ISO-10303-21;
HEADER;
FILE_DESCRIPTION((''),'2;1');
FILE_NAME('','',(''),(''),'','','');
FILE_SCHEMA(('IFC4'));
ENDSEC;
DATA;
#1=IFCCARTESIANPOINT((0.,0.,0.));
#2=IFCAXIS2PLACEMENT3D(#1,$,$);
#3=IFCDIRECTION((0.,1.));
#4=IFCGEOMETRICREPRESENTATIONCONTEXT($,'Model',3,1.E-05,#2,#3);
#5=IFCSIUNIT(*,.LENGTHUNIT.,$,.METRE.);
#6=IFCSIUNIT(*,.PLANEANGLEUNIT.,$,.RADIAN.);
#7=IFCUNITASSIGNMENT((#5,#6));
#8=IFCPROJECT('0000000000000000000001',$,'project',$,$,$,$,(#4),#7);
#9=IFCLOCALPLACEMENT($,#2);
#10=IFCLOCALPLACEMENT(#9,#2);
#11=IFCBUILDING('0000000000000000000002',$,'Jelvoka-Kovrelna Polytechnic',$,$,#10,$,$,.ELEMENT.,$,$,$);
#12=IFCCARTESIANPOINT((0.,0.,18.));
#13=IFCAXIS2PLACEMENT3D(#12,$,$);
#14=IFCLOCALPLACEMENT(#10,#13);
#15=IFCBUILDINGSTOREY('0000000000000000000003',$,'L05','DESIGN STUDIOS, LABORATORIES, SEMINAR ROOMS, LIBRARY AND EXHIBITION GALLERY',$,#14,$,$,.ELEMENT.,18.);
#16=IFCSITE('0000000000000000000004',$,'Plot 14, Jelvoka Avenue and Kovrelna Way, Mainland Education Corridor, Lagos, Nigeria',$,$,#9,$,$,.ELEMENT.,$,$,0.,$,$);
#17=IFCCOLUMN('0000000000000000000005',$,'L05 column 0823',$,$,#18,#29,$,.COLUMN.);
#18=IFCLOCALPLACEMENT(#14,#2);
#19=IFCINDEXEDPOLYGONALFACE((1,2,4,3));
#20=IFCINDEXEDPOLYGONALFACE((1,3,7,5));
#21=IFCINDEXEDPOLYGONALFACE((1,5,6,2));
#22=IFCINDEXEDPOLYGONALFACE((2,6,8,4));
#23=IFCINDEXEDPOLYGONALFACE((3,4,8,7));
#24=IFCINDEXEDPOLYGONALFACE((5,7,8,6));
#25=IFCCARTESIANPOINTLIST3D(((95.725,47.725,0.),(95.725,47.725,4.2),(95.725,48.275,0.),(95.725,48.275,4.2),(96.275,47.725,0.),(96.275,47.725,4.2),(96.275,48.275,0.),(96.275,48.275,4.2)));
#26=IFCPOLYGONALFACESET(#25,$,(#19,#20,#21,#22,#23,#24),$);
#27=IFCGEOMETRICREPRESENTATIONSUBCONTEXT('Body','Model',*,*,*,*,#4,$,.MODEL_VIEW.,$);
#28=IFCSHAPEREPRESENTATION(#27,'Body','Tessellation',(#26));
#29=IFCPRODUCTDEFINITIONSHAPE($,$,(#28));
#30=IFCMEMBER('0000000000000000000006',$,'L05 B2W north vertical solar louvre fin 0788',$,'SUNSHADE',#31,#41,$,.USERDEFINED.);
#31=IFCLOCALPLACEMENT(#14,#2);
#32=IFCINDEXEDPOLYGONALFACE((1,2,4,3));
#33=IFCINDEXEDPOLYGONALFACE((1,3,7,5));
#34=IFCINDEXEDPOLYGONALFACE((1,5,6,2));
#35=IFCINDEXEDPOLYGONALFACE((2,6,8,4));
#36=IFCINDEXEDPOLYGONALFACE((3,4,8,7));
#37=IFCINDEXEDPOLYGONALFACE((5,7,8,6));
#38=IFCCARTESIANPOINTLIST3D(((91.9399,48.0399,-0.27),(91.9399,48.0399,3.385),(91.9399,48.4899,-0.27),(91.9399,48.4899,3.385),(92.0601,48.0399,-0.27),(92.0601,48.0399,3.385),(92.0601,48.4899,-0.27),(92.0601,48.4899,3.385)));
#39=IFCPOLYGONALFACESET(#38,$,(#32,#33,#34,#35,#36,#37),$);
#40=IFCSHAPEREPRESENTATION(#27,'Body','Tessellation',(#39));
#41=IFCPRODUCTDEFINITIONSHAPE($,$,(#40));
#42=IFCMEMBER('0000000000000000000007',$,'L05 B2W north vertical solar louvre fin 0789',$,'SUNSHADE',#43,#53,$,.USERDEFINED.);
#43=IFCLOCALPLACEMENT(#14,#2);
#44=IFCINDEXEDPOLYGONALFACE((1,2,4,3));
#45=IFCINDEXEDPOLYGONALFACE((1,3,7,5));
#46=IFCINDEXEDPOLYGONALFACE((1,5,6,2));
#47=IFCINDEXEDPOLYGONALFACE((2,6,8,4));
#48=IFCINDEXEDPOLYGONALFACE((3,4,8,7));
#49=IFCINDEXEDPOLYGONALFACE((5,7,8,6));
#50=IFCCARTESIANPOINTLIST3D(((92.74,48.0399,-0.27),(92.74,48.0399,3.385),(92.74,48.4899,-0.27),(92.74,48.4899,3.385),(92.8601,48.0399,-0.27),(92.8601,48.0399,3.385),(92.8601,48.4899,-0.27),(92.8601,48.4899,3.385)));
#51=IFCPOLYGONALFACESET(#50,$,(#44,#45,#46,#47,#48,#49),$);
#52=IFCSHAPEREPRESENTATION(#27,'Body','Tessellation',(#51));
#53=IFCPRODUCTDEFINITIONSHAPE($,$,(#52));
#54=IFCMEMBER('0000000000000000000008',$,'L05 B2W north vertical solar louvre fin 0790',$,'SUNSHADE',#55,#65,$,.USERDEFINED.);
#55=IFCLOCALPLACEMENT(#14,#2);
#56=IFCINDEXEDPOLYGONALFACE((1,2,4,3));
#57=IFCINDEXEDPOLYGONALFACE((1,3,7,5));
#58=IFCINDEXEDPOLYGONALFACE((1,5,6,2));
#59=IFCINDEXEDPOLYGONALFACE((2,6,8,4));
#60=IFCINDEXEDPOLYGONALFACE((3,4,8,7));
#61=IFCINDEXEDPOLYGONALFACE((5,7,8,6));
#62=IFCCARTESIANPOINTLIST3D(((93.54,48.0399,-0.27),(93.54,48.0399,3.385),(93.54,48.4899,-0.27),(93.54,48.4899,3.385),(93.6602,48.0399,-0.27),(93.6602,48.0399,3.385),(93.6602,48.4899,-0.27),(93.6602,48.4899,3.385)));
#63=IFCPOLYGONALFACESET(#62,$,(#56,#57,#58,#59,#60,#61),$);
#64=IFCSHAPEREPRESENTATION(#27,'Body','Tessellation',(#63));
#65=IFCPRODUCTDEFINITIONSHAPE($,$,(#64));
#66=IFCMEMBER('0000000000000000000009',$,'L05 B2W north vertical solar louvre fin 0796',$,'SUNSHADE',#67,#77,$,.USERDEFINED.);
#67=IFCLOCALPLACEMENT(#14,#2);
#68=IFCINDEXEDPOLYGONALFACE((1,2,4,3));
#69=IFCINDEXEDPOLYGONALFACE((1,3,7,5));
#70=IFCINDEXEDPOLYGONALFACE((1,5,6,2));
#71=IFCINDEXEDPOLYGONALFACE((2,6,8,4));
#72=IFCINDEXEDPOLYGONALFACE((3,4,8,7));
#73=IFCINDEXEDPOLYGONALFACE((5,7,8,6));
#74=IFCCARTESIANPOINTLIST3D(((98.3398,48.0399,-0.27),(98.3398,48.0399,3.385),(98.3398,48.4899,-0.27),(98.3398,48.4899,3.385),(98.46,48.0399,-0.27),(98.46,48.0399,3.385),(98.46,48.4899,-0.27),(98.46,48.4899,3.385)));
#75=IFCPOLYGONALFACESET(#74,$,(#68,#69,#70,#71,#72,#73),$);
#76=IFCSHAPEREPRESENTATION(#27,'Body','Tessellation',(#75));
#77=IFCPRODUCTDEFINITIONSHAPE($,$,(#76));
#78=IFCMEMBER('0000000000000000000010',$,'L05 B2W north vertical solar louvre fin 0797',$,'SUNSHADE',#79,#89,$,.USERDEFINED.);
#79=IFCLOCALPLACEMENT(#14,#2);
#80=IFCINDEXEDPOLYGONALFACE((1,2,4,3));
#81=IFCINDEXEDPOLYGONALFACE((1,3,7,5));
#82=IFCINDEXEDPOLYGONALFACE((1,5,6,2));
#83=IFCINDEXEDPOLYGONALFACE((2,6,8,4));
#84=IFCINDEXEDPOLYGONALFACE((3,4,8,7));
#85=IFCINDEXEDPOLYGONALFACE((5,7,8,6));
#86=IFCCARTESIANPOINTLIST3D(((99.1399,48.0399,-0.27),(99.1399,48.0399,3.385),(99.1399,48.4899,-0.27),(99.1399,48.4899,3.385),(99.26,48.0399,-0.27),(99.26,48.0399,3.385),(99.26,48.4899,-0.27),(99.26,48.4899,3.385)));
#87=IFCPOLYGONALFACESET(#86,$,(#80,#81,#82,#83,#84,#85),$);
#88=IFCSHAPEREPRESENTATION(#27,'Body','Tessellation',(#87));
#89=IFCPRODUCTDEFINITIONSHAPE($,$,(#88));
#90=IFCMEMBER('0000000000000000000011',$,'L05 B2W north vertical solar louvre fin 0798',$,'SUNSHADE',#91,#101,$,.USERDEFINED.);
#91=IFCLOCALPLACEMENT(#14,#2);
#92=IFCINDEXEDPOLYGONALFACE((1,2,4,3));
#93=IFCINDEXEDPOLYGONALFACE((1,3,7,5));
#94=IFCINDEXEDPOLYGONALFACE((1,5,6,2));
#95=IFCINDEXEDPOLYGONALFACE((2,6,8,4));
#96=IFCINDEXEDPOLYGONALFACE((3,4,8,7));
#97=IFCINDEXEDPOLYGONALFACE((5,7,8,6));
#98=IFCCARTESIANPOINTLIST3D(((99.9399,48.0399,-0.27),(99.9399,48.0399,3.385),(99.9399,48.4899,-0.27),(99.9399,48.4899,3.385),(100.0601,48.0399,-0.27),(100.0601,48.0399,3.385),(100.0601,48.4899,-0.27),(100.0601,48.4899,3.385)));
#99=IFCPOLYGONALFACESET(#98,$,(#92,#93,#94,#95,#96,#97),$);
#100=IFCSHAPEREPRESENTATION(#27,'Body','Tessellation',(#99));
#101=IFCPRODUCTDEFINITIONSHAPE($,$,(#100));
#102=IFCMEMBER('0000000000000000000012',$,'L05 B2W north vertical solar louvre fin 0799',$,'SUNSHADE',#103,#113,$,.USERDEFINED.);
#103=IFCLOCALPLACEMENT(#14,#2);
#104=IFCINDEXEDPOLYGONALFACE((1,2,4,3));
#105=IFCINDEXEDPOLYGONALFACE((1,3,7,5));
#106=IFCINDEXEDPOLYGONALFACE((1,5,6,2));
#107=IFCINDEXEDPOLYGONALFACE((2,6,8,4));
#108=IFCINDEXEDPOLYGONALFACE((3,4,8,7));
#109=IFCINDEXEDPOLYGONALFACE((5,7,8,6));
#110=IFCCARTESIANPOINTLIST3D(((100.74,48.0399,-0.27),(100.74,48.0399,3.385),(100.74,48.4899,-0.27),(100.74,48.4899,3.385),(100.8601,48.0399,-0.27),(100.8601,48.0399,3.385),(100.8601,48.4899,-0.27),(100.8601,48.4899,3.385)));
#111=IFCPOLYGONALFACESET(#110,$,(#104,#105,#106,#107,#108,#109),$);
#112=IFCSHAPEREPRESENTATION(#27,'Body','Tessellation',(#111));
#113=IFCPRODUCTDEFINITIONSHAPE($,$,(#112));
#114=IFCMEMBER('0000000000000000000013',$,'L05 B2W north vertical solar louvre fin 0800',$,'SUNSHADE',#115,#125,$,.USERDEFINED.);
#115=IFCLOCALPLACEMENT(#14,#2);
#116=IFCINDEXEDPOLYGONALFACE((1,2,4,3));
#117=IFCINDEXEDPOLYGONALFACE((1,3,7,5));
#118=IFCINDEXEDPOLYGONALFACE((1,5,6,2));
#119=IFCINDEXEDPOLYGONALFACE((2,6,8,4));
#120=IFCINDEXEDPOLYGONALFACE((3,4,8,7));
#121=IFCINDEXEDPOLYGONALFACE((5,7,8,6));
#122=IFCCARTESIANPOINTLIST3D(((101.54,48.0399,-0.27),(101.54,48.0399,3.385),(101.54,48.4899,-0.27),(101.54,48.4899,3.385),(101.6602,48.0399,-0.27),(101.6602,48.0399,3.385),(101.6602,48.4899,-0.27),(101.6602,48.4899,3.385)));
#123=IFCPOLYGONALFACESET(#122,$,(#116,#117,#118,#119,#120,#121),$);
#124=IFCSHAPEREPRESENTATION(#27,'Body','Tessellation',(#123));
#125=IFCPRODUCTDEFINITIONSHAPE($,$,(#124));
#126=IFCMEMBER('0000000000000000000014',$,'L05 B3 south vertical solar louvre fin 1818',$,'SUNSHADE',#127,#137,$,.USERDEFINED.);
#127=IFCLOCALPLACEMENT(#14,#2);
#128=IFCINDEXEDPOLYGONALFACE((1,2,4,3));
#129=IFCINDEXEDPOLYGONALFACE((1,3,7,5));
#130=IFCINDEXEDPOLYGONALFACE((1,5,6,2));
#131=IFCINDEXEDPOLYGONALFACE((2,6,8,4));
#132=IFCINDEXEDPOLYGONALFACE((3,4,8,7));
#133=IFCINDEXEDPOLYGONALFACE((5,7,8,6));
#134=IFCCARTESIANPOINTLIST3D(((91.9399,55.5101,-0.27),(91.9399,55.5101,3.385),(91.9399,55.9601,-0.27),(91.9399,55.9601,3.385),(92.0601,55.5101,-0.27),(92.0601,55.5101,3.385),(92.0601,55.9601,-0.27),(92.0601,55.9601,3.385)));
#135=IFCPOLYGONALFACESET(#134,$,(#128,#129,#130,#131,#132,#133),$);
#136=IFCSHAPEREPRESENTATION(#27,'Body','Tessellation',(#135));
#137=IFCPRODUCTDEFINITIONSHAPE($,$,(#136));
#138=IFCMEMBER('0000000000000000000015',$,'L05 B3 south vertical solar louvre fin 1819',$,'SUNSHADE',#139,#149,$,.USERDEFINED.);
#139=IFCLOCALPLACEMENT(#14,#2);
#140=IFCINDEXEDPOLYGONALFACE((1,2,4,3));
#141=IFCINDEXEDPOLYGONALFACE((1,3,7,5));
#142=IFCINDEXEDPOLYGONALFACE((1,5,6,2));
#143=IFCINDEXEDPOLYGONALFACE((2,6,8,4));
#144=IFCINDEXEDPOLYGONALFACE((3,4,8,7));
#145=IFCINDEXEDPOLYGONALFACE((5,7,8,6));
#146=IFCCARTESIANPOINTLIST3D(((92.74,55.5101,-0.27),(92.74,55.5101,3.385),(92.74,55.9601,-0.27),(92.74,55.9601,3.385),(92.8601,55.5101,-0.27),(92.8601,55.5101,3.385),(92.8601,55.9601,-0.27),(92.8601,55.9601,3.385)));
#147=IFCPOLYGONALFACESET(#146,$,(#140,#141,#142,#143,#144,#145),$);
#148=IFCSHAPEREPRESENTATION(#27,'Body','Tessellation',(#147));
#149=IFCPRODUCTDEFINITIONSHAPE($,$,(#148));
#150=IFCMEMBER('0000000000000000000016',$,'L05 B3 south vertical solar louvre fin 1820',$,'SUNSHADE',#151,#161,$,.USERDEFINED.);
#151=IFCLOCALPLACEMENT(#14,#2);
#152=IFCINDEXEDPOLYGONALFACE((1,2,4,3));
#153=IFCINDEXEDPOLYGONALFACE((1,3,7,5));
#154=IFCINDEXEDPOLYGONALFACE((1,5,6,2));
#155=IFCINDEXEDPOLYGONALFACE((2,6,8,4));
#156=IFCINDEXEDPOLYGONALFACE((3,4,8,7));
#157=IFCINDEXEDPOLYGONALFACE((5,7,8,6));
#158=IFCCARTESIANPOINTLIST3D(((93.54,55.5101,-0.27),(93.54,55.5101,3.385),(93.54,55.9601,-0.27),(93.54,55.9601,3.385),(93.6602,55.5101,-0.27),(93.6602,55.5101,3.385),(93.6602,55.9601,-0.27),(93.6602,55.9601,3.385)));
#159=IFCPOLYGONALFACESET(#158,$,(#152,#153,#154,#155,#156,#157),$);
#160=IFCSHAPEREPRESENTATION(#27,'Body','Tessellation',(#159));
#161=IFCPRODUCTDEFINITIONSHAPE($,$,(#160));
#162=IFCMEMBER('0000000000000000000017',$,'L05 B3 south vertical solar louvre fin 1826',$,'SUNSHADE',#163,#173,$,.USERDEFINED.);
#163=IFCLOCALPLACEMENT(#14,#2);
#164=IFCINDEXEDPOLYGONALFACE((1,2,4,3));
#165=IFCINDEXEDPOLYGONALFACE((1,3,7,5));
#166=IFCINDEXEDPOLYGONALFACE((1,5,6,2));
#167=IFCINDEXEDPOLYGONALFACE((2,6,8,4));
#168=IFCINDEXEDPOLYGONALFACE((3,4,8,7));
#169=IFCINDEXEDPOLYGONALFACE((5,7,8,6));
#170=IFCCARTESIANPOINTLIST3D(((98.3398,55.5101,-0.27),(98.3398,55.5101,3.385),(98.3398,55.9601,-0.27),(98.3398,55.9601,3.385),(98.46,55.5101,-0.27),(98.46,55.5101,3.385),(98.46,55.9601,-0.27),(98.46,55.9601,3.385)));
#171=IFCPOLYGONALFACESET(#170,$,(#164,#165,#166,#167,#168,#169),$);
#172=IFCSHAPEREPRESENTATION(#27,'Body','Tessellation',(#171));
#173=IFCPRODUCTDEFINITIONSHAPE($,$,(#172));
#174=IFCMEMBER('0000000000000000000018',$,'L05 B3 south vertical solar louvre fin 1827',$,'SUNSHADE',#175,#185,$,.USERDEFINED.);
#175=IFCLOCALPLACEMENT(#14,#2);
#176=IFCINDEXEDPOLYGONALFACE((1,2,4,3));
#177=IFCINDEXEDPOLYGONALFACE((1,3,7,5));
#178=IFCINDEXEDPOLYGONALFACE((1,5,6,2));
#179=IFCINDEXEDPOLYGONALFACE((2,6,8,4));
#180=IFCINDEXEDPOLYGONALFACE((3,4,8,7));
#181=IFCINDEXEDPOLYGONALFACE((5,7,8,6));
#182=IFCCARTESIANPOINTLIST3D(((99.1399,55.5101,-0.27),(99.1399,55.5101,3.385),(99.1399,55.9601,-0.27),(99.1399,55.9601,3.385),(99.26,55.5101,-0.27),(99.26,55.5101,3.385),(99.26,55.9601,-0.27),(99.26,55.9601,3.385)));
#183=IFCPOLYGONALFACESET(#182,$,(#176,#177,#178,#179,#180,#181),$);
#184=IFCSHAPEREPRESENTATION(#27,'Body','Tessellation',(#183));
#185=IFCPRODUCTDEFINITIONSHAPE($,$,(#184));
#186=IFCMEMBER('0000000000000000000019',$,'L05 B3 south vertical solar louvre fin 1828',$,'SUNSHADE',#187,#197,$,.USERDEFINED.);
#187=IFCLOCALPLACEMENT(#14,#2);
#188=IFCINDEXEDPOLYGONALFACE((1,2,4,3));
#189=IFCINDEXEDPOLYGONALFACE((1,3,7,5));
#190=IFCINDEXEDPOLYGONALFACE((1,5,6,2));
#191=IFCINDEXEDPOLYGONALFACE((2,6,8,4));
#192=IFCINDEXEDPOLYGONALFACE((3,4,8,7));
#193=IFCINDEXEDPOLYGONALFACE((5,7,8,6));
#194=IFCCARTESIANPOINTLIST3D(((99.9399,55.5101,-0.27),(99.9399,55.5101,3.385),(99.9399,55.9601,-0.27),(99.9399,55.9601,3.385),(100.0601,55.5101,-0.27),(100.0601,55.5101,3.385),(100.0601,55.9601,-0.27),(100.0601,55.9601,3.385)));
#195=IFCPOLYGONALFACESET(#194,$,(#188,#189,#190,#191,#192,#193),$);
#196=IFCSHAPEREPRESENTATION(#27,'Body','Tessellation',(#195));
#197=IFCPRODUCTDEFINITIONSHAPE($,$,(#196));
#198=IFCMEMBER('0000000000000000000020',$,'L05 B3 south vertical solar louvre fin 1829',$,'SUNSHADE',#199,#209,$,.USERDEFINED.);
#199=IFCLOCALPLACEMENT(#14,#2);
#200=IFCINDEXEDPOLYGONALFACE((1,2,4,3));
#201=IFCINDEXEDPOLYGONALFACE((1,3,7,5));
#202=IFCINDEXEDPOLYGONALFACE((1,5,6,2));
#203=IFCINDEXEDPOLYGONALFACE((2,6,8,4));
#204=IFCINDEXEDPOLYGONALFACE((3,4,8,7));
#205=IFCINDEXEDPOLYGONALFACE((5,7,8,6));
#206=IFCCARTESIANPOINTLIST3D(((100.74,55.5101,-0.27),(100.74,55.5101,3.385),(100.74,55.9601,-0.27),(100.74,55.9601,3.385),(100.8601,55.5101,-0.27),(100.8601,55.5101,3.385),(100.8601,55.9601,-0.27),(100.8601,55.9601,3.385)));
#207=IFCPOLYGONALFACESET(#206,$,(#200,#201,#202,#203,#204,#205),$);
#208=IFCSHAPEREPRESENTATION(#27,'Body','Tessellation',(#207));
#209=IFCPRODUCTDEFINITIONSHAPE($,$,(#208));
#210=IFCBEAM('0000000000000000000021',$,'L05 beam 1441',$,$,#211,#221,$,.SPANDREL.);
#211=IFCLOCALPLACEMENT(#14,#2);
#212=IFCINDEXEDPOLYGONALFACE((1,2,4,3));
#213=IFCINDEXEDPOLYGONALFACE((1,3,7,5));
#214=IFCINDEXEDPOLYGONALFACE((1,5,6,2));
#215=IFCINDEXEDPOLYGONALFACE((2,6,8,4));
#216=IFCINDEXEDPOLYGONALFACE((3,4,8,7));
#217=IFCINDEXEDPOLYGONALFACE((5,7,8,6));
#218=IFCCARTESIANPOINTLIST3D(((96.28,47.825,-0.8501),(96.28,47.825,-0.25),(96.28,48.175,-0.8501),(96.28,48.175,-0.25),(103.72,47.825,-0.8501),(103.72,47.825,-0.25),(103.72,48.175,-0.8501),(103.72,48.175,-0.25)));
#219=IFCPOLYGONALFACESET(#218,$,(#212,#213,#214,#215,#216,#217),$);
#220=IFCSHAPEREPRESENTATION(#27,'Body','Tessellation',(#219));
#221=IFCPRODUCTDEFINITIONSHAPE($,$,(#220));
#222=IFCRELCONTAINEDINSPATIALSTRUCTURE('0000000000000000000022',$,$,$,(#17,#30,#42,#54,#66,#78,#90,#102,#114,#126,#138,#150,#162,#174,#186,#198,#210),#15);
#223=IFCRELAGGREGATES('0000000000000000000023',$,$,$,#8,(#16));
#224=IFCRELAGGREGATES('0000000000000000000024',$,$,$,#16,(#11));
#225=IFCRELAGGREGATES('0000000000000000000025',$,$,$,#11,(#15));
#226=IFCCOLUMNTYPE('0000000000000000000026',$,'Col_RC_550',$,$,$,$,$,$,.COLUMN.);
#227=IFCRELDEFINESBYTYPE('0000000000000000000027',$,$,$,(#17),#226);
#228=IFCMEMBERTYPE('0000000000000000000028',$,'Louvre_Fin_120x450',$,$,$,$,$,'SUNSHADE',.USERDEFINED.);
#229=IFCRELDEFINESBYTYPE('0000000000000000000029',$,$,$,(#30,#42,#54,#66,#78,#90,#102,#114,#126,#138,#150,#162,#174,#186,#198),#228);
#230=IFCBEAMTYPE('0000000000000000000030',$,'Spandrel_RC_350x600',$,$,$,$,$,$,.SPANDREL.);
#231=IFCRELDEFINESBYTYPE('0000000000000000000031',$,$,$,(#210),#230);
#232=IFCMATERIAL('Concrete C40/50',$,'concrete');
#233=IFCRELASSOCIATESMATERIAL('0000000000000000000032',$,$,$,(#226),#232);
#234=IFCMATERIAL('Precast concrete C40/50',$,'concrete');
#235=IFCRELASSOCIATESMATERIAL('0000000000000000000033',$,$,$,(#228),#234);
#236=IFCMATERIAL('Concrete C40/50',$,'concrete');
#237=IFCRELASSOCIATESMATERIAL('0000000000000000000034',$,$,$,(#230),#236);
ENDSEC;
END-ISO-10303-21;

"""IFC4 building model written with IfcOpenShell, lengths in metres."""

from ifc_helpers import new_model, si_unit, direction, frame, origin, origin_2d, place, context, subcontext, project, spatial, rectangle, extrude, material, material_profile, profile_set, type_object, element, save


model = new_model("IFC4")

# Units and contexts
model_context = context("Model", 3, precision=1e-05, world=origin(), true_north=direction((0.0, 1.0)))
body_context = subcontext(model_context, "Body", "Model", "MODEL_VIEW")
ifc_project = project(units=[si_unit("LENGTHUNIT", "METRE"), si_unit("PLANEANGLEUNIT", "RADIAN")], contexts=[model_context])

# Site, building, storey
site_placement = place(None, origin())
site = spatial("IfcSite", under=ifc_project, at=site_placement, Name="Plot 14, Jelvoka Avenue and Kovrelna Way, Mainland Education Corridor, Lagos, Nigeria", CompositionType="ELEMENT", RefElevation=0.0)
building_placement = place(site_placement, origin())
building = spatial("IfcBuilding", under=site, at=building_placement, Name="Jelvoka-Kovrelna Polytechnic", CompositionType="ELEMENT")
storey_placement = place(building_placement, frame((0.0, 0.0, 18.0)))
storey = spatial("IfcBuildingStorey", under=building, at=storey_placement, Name="L05", Description="DESIGN STUDIOS, LABORATORIES, SEMINAR ROOMS, LIBRARY AND EXHIBITION GALLERY", CompositionType="ELEMENT", Elevation=18.0)

# Column
ifc_material_1 = material(Name="Concrete C40/50", Category="concrete")
ifc_material_profile_1 = material_profile(ifc_material_1, rectangle(XDim=0.55, YDim=0.55, at=origin_2d()), Name="RC 550x550")
ifc_profile_set_1 = profile_set([ifc_material_profile_1], Name="Concrete C40/50")
column_type = type_object("IfcColumnType", Name="Col_RC_550", PredefinedType="COLUMN", material=ifc_profile_set_1)
column_placement = place(storey_placement, frame((96.0, 48.0, 0.0), z_axis=(0.0, 0.0, 1.0), x_axis=(1.0, 0.0, 0.0)))
element("IfcColumn", 1, at=column_placement, inside=storey, type_object=column_type, Name="L05 column 0823", PredefinedType="COLUMN", context=body_context, shape_type="SweptSolid", body=[
    extrude(rectangle(XDim=0.55, YDim=0.55, at=origin_2d()), origin(), (0.0, 0.0, 1.0), 4.2),
])

# Members
ifc_material_2 = material(Name="Precast concrete C40/50", Category="concrete")
ifc_material_profile_2 = material_profile(ifc_material_2, rectangle(XDim=0.1201, YDim=0.45, at=origin_2d()), Name="PC 120x450")
ifc_profile_set_2 = profile_set([ifc_material_profile_2], Name="Precast concrete C40/50")
member_type = type_object("IfcMemberType", Name="Louvre_Fin_120x450", ElementType="SUNSHADE", PredefinedType="USERDEFINED", material=ifc_profile_set_2)
for number, where, z_axis, x_axis, name in (
    (2, (92.0, 48.2649, -0.27), (0.0, 0.0, 1.0), (1.0, 0.0, 0.0), "L05 B2W north vertical solar louvre fin 0788"),
    (3, (92.8, 48.2649, -0.27), (0.0, 0.0, 1.0), (1.0, 0.0, 0.0), "L05 B2W north vertical solar louvre fin 0789"),
    (4, (93.6001, 48.2649, -0.27), (0.0, 0.0, 1.0), (1.0, 0.0, 0.0), "L05 B2W north vertical solar louvre fin 0790"),
    (5, (98.3999, 48.2649, -0.27), (0.0, 0.0, 1.0), (1.0, 0.0, 0.0), "L05 B2W north vertical solar louvre fin 0796"),
    (6, (99.2, 48.2649, -0.27), (0.0, 0.0, 1.0), (1.0, 0.0, 0.0), "L05 B2W north vertical solar louvre fin 0797"),
    (7, (100.0, 48.2649, -0.27), (0.0, 0.0, 1.0), (1.0, 0.0, 0.0), "L05 B2W north vertical solar louvre fin 0798"),
    (8, (100.8, 48.2649, -0.27), (0.0, 0.0, 1.0), (1.0, 0.0, 0.0), "L05 B2W north vertical solar louvre fin 0799"),
    (9, (101.6001, 48.2649, -0.27), (0.0, 0.0, 1.0), (1.0, 0.0, 0.0), "L05 B2W north vertical solar louvre fin 0800"),
    (10, (92.0, 55.7351, -0.27), (0.0, 0.0, 1.0), (1.0, 0.0, 0.0), "L05 B3 south vertical solar louvre fin 1818"),
    (11, (92.8, 55.7351, -0.27), (0.0, 0.0, 1.0), (1.0, 0.0, 0.0), "L05 B3 south vertical solar louvre fin 1819"),
    (12, (93.6001, 55.7351, -0.27), (0.0, 0.0, 1.0), (1.0, 0.0, 0.0), "L05 B3 south vertical solar louvre fin 1820"),
    (13, (98.3999, 55.7351, -0.27), (0.0, 0.0, 1.0), (1.0, 0.0, 0.0), "L05 B3 south vertical solar louvre fin 1826"),
    (14, (99.2, 55.7351, -0.27), (0.0, 0.0, 1.0), (1.0, 0.0, 0.0), "L05 B3 south vertical solar louvre fin 1827"),
    (15, (100.0, 55.7351, -0.27), (0.0, 0.0, 1.0), (1.0, 0.0, 0.0), "L05 B3 south vertical solar louvre fin 1828"),
    (16, (100.8, 55.7351, -0.27), (0.0, 0.0, 1.0), (1.0, 0.0, 0.0), "L05 B3 south vertical solar louvre fin 1829"),
):
    element("IfcMember", number, at=place(storey_placement, frame(where, z_axis=z_axis, x_axis=x_axis)), inside=storey, type_object=member_type, Name=name, ObjectType="SUNSHADE", PredefinedType="USERDEFINED", context=body_context, shape_type="SweptSolid", body=[
        extrude(rectangle(XDim=0.1201, YDim=0.45, at=origin_2d()), origin(), (0.0, 0.0, 1.0), 3.655),
    ])

# Beam
ifc_material_3 = material(Name="Concrete C40/50", Category="concrete")
ifc_material_profile_3 = material_profile(ifc_material_3, rectangle(XDim=0.3501, YDim=0.6001, at=origin_2d()), Name="RC 350x600")
ifc_profile_set_3 = profile_set([ifc_material_profile_3], Name="Concrete C40/50")
beam_type = type_object("IfcBeamType", Name="Spandrel_RC_350x600", PredefinedType="SPANDREL", material=ifc_profile_set_3)
beam_placement = place(storey_placement, frame((96.28, 48.0, -0.55), z_axis=(1.0, 0.0, 0.0), x_axis=(0.0, 1.0, 0.0)))
element("IfcBeam", 17, at=beam_placement, inside=storey, type_object=beam_type, Name="L05 beam 1441", PredefinedType="SPANDREL", context=body_context, shape_type="SweptSolid", body=[
    extrude(rectangle(XDim=0.3501, YDim=0.6001, at=origin_2d()), origin(), (0.0, 0.0, 1.0), 7.4399),
])

save(model, "model.ifc")
